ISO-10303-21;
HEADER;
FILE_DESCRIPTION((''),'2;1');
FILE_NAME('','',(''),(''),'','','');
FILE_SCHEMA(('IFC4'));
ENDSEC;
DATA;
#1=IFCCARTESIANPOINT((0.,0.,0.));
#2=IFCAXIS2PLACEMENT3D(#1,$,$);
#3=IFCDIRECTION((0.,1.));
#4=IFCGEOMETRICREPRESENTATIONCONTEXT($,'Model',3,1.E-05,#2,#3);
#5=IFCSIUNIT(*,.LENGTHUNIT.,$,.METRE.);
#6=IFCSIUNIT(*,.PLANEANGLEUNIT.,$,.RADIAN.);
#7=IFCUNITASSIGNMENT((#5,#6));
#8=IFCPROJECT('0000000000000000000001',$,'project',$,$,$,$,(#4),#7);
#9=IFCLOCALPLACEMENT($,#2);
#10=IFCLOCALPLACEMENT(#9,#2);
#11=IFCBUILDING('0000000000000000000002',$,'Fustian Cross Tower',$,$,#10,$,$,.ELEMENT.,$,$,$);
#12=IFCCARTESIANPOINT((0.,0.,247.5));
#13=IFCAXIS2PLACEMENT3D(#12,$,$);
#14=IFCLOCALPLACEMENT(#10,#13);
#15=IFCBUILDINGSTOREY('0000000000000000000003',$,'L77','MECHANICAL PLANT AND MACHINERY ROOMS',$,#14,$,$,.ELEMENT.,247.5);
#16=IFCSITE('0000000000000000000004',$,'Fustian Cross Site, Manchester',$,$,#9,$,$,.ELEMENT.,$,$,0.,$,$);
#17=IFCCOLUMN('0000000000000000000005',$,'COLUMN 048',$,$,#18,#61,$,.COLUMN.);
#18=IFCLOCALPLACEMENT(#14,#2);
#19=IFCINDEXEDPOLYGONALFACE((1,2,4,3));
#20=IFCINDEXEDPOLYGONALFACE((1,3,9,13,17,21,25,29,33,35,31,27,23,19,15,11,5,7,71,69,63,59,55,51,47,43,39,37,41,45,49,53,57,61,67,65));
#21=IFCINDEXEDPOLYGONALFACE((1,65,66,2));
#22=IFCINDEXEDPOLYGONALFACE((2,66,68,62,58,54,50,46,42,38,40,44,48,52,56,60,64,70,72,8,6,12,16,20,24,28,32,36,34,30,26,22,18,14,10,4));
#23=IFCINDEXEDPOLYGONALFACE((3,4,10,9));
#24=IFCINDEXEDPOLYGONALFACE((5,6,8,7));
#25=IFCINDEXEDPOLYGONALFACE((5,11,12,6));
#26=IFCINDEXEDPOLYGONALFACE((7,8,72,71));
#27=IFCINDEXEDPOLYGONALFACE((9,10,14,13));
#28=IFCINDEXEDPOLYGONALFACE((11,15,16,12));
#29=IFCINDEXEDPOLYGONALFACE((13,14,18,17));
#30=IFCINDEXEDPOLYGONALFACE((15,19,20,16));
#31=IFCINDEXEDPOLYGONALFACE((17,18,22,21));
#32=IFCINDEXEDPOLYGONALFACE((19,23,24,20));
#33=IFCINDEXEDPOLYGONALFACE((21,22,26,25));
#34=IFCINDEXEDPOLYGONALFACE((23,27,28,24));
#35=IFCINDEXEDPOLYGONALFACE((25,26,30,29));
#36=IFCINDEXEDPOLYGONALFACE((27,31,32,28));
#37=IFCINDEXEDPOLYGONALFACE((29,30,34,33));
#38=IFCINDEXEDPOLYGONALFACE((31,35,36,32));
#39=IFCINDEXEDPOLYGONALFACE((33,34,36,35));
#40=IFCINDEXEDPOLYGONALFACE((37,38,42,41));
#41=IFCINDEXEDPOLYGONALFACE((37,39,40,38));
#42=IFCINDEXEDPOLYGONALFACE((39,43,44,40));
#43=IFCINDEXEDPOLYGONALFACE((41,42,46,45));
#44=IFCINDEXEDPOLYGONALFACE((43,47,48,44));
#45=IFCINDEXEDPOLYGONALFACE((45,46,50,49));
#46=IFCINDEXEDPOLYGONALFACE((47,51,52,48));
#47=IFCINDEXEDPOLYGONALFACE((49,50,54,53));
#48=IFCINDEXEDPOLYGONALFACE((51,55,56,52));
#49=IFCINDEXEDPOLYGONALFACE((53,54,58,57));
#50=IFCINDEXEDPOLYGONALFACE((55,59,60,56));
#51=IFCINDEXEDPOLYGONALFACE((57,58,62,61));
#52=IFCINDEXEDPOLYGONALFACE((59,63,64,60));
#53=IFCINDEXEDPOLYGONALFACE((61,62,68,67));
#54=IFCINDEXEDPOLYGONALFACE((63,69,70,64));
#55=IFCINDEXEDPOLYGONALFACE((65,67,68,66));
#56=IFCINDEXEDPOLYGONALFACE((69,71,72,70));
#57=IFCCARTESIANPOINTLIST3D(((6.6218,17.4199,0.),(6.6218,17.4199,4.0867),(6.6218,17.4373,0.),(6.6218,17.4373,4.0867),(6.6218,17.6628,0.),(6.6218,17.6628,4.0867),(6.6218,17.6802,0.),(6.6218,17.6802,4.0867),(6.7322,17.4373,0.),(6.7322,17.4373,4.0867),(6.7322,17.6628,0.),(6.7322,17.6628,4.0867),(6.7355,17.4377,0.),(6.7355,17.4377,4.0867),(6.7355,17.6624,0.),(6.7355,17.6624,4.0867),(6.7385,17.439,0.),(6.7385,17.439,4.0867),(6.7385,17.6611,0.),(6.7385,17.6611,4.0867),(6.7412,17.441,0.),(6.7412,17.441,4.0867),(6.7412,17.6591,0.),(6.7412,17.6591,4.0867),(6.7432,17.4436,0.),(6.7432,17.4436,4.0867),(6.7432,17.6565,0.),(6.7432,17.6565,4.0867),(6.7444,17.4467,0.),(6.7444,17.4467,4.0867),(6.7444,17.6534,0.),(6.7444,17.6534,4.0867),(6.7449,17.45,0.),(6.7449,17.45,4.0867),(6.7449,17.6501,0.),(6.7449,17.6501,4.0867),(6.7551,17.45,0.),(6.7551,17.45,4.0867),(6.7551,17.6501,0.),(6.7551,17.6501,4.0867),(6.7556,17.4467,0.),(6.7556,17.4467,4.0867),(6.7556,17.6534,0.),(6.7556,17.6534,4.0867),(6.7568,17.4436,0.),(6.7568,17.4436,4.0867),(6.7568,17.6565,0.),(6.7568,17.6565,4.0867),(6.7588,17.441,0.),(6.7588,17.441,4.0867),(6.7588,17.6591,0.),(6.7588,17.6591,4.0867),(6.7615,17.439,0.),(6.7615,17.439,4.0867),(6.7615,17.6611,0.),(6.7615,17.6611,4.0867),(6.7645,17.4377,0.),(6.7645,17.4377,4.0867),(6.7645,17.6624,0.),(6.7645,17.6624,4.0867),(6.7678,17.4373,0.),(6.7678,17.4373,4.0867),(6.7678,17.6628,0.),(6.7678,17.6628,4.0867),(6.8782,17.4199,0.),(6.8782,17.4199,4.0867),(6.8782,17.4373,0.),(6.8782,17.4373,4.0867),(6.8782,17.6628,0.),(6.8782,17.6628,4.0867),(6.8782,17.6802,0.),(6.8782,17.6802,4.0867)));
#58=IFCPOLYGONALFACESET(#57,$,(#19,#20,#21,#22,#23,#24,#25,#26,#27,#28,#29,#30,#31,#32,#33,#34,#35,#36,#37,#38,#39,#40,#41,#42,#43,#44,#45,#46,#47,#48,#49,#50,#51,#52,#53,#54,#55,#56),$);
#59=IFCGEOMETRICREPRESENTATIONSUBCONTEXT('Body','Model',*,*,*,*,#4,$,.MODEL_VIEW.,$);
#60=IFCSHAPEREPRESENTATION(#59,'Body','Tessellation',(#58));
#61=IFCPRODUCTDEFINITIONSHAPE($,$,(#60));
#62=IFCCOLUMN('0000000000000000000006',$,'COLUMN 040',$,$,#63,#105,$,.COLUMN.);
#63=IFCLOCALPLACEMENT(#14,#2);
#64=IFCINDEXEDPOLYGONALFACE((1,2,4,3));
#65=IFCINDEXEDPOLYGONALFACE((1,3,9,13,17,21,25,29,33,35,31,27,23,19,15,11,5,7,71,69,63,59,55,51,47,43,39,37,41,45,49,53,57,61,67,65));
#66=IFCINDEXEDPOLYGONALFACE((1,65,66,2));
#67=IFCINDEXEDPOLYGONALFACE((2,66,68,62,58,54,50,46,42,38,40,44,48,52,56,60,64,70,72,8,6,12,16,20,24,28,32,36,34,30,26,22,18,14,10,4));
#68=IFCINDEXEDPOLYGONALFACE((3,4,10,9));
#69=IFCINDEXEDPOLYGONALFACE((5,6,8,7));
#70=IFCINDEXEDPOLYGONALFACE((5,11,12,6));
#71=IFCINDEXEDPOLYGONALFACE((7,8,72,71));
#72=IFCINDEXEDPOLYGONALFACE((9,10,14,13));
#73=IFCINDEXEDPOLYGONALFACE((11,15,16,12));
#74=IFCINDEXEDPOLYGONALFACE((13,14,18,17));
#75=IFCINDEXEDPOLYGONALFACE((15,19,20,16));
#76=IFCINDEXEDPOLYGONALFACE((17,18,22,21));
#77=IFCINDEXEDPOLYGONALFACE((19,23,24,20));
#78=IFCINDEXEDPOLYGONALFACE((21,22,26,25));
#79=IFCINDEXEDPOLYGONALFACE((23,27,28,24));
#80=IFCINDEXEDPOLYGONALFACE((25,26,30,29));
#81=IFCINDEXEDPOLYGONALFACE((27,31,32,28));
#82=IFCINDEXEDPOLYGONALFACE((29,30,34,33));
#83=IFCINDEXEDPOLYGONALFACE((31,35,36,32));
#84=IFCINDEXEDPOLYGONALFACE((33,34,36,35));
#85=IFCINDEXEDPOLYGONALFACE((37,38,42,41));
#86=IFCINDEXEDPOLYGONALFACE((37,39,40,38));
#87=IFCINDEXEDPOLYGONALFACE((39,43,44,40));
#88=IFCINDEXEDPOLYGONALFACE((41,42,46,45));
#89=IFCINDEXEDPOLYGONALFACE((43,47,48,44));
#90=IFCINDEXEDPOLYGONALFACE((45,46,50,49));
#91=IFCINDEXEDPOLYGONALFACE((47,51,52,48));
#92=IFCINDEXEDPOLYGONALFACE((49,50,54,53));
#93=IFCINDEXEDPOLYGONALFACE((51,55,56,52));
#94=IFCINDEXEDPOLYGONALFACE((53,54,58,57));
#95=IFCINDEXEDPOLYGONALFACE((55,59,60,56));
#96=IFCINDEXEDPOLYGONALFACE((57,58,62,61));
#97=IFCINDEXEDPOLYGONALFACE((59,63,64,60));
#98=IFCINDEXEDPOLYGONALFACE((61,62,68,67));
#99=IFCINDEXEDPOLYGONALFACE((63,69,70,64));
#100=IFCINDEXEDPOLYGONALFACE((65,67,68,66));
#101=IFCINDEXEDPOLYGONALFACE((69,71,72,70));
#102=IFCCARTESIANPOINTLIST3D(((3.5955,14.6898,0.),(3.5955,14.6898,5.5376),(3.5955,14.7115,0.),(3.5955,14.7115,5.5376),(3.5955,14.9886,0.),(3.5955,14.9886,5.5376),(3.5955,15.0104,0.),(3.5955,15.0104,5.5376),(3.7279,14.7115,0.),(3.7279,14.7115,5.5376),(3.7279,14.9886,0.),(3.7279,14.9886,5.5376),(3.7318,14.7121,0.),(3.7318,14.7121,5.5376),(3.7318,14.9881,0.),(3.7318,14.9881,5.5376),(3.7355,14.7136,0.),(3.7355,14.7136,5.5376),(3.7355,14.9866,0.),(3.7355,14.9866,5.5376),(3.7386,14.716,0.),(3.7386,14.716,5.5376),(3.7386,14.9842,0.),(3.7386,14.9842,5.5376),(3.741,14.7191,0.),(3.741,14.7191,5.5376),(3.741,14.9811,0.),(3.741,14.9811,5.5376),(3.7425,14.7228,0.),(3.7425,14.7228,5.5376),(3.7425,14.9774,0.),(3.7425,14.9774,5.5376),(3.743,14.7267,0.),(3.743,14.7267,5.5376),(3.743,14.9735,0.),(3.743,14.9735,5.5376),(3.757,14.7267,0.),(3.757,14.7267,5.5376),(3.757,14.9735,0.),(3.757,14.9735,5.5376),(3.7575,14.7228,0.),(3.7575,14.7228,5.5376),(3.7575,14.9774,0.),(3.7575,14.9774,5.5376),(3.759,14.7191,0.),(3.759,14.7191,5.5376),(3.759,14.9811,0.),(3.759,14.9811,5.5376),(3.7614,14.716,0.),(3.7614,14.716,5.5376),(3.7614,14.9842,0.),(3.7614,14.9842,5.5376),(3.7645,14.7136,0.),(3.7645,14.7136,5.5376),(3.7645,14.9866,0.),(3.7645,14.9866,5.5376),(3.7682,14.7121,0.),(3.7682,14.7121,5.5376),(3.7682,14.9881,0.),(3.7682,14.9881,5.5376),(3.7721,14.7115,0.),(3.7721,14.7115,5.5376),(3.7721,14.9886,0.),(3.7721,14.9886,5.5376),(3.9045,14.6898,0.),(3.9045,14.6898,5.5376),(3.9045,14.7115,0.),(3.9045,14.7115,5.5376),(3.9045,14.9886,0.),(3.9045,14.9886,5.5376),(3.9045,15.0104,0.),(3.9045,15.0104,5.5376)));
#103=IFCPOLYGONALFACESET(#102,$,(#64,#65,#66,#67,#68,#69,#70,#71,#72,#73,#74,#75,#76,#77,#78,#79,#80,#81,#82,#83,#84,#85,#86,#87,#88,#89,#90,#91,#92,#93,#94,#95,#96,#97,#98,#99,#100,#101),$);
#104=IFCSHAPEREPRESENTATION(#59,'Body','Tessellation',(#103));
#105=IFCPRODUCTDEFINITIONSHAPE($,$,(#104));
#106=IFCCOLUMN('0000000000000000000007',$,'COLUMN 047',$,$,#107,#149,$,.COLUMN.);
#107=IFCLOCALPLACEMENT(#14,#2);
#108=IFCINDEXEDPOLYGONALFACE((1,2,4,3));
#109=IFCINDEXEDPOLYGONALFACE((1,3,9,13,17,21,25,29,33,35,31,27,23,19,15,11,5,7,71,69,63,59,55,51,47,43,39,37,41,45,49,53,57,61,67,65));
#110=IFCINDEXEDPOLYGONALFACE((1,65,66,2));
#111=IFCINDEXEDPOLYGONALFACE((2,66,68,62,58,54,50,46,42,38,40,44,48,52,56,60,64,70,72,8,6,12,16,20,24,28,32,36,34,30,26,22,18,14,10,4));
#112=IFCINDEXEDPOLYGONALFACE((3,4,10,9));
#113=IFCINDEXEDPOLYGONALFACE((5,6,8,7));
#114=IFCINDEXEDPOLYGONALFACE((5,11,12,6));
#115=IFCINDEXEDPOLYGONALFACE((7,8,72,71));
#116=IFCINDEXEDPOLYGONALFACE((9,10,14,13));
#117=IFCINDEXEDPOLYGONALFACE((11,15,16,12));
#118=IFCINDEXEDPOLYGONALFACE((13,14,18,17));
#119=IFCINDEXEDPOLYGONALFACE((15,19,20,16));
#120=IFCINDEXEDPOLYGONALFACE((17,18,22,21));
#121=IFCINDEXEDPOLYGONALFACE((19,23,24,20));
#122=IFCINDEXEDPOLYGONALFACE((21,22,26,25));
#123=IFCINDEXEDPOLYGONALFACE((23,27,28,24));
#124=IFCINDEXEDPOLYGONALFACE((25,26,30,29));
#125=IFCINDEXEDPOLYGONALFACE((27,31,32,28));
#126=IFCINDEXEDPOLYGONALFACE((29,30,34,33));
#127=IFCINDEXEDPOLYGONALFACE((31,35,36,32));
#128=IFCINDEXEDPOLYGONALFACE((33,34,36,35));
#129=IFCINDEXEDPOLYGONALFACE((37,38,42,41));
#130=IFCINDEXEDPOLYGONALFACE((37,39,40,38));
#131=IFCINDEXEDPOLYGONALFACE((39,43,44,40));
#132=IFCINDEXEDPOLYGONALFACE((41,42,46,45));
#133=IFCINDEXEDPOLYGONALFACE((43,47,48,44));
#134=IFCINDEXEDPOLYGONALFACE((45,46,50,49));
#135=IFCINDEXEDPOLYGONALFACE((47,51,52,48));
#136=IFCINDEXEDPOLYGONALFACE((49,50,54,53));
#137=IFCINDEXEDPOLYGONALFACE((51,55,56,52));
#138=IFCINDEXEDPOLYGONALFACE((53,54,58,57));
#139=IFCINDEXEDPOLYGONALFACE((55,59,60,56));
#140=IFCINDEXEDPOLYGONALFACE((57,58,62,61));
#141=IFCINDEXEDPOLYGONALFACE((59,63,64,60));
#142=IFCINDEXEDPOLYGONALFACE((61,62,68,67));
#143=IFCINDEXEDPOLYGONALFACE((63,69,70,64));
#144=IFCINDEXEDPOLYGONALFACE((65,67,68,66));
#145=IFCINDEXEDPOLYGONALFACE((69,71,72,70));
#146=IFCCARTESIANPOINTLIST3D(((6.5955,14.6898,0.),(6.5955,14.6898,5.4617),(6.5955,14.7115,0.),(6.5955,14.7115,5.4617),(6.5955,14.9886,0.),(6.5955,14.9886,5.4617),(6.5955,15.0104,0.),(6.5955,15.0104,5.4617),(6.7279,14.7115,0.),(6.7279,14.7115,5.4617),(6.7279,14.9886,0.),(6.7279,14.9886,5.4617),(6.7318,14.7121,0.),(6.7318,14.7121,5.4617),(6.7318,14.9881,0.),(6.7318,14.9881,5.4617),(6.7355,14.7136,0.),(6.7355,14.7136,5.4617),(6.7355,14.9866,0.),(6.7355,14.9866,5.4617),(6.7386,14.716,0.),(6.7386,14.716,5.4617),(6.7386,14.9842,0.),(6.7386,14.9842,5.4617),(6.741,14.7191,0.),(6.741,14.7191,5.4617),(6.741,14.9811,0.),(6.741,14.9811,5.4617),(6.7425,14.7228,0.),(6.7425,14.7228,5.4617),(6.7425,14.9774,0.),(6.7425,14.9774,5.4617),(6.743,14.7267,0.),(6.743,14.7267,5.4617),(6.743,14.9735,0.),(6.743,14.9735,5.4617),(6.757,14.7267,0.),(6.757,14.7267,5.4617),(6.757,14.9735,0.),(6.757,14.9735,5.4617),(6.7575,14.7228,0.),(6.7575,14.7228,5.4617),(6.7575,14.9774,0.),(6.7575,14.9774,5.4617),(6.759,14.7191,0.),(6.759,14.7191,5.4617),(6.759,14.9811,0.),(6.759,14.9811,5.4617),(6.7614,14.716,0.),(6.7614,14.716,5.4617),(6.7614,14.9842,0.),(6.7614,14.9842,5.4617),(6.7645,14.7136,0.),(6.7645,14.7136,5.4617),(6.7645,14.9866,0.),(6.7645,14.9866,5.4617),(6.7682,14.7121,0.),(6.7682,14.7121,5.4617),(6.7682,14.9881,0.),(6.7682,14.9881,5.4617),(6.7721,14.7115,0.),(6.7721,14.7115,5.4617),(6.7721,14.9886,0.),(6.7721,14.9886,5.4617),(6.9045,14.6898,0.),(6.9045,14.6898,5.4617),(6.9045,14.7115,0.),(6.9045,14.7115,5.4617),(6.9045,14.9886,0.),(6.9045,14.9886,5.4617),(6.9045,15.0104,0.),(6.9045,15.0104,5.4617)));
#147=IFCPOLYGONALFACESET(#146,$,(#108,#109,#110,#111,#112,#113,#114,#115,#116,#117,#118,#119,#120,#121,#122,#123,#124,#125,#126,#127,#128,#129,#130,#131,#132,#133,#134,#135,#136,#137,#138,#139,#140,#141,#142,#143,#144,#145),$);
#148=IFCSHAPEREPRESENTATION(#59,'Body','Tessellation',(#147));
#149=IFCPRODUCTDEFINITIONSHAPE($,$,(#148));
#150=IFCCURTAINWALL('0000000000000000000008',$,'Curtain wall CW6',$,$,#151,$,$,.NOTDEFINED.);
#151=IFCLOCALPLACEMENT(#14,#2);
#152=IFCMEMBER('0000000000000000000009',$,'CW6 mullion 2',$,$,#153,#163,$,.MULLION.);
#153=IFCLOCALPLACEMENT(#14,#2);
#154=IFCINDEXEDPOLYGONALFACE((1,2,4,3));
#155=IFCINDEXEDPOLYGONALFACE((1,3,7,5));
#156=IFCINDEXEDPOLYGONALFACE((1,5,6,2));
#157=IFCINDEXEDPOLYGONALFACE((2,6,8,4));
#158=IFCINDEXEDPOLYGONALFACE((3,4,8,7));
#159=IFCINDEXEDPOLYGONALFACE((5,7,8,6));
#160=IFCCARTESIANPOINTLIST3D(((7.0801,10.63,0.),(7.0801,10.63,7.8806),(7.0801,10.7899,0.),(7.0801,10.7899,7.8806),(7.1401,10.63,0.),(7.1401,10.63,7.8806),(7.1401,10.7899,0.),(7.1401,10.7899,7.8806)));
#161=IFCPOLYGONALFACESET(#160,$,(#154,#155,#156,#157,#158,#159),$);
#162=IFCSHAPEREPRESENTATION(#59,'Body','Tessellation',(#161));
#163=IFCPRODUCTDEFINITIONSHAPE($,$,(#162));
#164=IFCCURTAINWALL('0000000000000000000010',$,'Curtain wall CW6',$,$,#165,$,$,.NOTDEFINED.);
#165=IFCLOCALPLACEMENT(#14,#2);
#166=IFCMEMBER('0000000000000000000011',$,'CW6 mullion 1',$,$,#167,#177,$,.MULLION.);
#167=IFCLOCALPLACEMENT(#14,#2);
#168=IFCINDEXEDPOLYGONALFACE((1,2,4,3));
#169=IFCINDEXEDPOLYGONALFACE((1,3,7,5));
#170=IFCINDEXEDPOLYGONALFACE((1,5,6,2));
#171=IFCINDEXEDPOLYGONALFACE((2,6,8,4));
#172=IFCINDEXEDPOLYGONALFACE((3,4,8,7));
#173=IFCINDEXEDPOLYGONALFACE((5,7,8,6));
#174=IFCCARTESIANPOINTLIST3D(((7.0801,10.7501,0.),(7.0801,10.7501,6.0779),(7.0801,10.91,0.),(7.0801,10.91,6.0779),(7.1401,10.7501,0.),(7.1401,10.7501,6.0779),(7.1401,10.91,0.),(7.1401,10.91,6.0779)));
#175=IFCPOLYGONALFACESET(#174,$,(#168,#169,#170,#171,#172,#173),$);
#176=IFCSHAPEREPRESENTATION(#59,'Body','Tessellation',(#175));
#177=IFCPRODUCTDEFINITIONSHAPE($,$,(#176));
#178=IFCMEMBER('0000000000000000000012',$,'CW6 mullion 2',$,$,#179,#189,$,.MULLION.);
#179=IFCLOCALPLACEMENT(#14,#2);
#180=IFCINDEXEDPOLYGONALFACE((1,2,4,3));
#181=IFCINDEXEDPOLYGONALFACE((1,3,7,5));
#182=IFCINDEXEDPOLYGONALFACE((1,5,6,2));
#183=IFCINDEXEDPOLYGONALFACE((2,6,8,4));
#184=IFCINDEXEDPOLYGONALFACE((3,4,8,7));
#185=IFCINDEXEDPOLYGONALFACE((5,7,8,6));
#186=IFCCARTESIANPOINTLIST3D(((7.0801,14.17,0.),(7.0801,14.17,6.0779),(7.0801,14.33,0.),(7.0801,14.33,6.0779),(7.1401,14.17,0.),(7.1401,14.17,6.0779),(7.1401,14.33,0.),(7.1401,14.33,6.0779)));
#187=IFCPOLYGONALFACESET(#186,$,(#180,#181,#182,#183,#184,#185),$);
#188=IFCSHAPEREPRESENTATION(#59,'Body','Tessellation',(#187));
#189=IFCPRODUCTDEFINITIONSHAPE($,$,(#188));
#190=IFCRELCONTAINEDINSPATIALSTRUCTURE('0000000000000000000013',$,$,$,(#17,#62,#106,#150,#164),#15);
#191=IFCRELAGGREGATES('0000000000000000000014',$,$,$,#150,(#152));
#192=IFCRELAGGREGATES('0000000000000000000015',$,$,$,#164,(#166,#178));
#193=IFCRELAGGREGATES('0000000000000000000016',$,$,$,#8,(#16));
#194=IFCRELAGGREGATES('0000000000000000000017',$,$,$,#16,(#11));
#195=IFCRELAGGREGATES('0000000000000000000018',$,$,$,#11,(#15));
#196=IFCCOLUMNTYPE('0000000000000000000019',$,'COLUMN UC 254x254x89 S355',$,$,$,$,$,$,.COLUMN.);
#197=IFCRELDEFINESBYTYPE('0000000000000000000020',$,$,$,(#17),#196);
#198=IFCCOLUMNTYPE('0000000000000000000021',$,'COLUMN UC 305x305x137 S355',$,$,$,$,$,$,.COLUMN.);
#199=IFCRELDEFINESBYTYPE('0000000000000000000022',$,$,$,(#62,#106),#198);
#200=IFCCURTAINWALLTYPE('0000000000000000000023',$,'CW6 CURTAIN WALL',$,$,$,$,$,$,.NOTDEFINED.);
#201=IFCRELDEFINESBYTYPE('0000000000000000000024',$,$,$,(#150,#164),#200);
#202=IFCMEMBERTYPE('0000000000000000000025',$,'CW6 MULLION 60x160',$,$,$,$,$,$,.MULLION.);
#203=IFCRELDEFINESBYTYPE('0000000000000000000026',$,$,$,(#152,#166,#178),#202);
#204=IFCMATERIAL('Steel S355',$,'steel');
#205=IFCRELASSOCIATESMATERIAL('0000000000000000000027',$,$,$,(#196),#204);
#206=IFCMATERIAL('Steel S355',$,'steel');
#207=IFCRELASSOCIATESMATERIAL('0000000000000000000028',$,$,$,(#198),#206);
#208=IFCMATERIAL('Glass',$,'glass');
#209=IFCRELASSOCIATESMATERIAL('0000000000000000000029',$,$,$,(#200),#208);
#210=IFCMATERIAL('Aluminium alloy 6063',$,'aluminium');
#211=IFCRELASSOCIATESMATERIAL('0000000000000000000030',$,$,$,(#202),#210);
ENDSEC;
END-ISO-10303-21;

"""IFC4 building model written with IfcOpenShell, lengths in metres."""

from ifc_helpers import new_model, si_unit, direction, frame, origin, origin_2d, place, context, subcontext, project, spatial, rectangle, i_section, extrude, material, material_profile, profile_set, type_object, element, aggregate, save


model = new_model("IFC4")

# Units and contexts
model_context = context("Model", 3, precision=1e-05, world=origin(), true_north=direction((0.0, 1.0)))
body_context = subcontext(model_context, "Body", "Model", "MODEL_VIEW")
ifc_project = project(units=[si_unit("LENGTHUNIT", "METRE"), si_unit("PLANEANGLEUNIT", "RADIAN")], contexts=[model_context])

# Site, building, storey
site_placement = place(None, origin())
site = spatial("IfcSite", under=ifc_project, at=site_placement, Name="Fustian Cross Site, Manchester", CompositionType="ELEMENT", RefElevation=0.0)
building_placement = place(site_placement, origin())
building = spatial("IfcBuilding", under=site, at=building_placement, Name="Fustian Cross Tower", CompositionType="ELEMENT")
storey_placement = place(building_placement, frame((0.0, 0.0, 247.5)))
storey = spatial("IfcBuildingStorey", under=building, at=storey_placement, Name="L77", Description="MECHANICAL PLANT AND MACHINERY ROOMS", CompositionType="ELEMENT", Elevation=247.5)

# Columns
ifc_material_1 = material(Name="Steel S355", Category="steel")
ifc_material_profile_1 = material_profile(ifc_material_1, i_section(OverallWidth=0.2563, OverallDepth=0.2603, WebThickness=0.0103, FlangeThickness=0.0173, FilletRadius=0.0127, at=origin_2d()), Name="UC 254x254x89")
ifc_profile_set_1 = profile_set([ifc_material_profile_1], Name="Steel S355")
column_type_1 = type_object("IfcColumnType", Name="COLUMN UC 254x254x89 S355", PredefinedType="COLUMN", material=ifc_profile_set_1)
column_1_placement = place(storey_placement, frame((6.75, 17.55, 0.0), z_axis=(0.0, 0.0, 1.0), x_axis=(1.0, 0.0, 0.0)))
element("IfcColumn", 1, at=column_1_placement, inside=storey, type_object=column_type_1, Name="COLUMN 048", PredefinedType="COLUMN", context=body_context, shape_type="SweptSolid", body=[
    extrude(i_section(OverallWidth=0.2563, OverallDepth=0.2603, WebThickness=0.0103, FlangeThickness=0.0173, FilletRadius=0.0127, at=origin_2d()), origin(), (0.0, 0.0, 1.0), 4.0867),
])
ifc_material_2 = material(Name="Steel S355", Category="steel")
ifc_material_profile_2 = material_profile(ifc_material_2, i_section(OverallWidth=0.3091, OverallDepth=0.3206, WebThickness=0.0139, FlangeThickness=0.0217, FilletRadius=0.0151, at=origin_2d()), Name="UC 305x305x137")
ifc_profile_set_2 = profile_set([ifc_material_profile_2], Name="Steel S355")
column_type_2 = type_object("IfcColumnType", Name="COLUMN UC 305x305x137 S355", PredefinedType="COLUMN", material=ifc_profile_set_2)
column_2_placement = place(storey_placement, frame((3.75, 14.8501, 0.0), z_axis=(0.0, 0.0, 1.0), x_axis=(1.0, 0.0, 0.0)))
element("IfcColumn", 2, at=column_2_placement, inside=storey, type_object=column_type_2, Name="COLUMN 040", PredefinedType="COLUMN", context=body_context, shape_type="SweptSolid", body=[
    extrude(i_section(OverallWidth=0.3091, OverallDepth=0.3206, WebThickness=0.0139, FlangeThickness=0.0217, FilletRadius=0.0151, at=origin_2d()), origin(), (0.0, 0.0, 1.0), 5.5376),
])
column_3_placement = place(storey_placement, frame((6.75, 14.8501, 0.0), z_axis=(0.0, 0.0, 1.0), x_axis=(1.0, 0.0, 0.0)))
element("IfcColumn", 3, at=column_3_placement, inside=storey, type_object=column_type_2, Name="COLUMN 047", PredefinedType="COLUMN", context=body_context, shape_type="SweptSolid", body=[
    extrude(i_section(OverallWidth=0.3091, OverallDepth=0.3206, WebThickness=0.0139, FlangeThickness=0.0217, FilletRadius=0.0151, at=origin_2d()), origin(), (0.0, 0.0, 1.0), 5.4617),
])

# Curtain wall, member
ifc_material_3 = material(Name="Glass", Category="glass")
curtain_wall_type = type_object("IfcCurtainWallType", Name="CW6 CURTAIN WALL", PredefinedType="NOTDEFINED", material=ifc_material_3)
curtain_wall_1_placement = place(storey_placement, origin())
curtain_wall_1 = element("IfcCurtainWall", 4, at=curtain_wall_1_placement, inside=storey, type_object=curtain_wall_type, Name="Curtain wall CW6", PredefinedType="NOTDEFINED")
ifc_material_4 = material(Name="Aluminium alloy 6063", Category="aluminium")
ifc_material_profile_3 = material_profile(ifc_material_4, rectangle(XDim=0.0601, YDim=0.1599, at=origin_2d()), Name="CW6 MULLION 60x160")
ifc_profile_set_3 = profile_set([ifc_material_profile_3], Name="Aluminium alloy 6063")
member_type_1 = type_object("IfcMemberType", Name="CW6 MULLION 60x160", PredefinedType="MULLION", material=ifc_profile_set_3)
member_1_placement = place(storey_placement, frame((7.1101, 10.71, 0.0), z_axis=(0.0, 0.0, 1.0), x_axis=(-1.0, 0.0, 0.0)))
member_1 = element("IfcMember", 5, at=member_1_placement, type_object=member_type_1, Name="CW6 mullion 2", PredefinedType="MULLION", context=body_context, shape_type="SweptSolid", body=[
    extrude(rectangle(XDim=0.0601, YDim=0.1599, at=origin_2d()), origin(), (0.0, 0.0, 1.0), 7.8806),
])
aggregate(curtain_wall_1, [member_1])

# Curtain wall, members
curtain_wall_2_placement = place(storey_placement, origin())
curtain_wall_2 = element("IfcCurtainWall", 6, at=curtain_wall_2_placement, inside=storey, type_object=curtain_wall_type, Name="Curtain wall CW6", PredefinedType="NOTDEFINED")
member_2_placement = place(storey_placement, frame((7.1101, 10.8301, 0.0), z_axis=(0.0, 0.0, 1.0), x_axis=(-1.0, 0.0, 0.0)))
member_2 = element("IfcMember", 7, at=member_2_placement, type_object=member_type_1, Name="CW6 mullion 1", PredefinedType="MULLION", context=body_context, shape_type="SweptSolid", body=[
    extrude(rectangle(XDim=0.0601, YDim=0.1599, at=origin_2d()), origin(), (0.0, 0.0, 1.0), 6.0779),
])
member_3_placement = place(storey_placement, frame((7.1101, 14.25, 0.0), z_axis=(0.0, 0.0, 1.0), x_axis=(-1.0, 0.0, 0.0)))
member_3 = element("IfcMember", 8, at=member_3_placement, type_object=member_type_1, Name="CW6 mullion 2", PredefinedType="MULLION", context=body_context, shape_type="SweptSolid", body=[
    extrude(rectangle(XDim=0.0601, YDim=0.1599, at=origin_2d()), origin(), (0.0, 0.0, 1.0), 6.0779),
])

aggregate(curtain_wall_2, [member_2, member_3])

save(model, "model.ifc")
